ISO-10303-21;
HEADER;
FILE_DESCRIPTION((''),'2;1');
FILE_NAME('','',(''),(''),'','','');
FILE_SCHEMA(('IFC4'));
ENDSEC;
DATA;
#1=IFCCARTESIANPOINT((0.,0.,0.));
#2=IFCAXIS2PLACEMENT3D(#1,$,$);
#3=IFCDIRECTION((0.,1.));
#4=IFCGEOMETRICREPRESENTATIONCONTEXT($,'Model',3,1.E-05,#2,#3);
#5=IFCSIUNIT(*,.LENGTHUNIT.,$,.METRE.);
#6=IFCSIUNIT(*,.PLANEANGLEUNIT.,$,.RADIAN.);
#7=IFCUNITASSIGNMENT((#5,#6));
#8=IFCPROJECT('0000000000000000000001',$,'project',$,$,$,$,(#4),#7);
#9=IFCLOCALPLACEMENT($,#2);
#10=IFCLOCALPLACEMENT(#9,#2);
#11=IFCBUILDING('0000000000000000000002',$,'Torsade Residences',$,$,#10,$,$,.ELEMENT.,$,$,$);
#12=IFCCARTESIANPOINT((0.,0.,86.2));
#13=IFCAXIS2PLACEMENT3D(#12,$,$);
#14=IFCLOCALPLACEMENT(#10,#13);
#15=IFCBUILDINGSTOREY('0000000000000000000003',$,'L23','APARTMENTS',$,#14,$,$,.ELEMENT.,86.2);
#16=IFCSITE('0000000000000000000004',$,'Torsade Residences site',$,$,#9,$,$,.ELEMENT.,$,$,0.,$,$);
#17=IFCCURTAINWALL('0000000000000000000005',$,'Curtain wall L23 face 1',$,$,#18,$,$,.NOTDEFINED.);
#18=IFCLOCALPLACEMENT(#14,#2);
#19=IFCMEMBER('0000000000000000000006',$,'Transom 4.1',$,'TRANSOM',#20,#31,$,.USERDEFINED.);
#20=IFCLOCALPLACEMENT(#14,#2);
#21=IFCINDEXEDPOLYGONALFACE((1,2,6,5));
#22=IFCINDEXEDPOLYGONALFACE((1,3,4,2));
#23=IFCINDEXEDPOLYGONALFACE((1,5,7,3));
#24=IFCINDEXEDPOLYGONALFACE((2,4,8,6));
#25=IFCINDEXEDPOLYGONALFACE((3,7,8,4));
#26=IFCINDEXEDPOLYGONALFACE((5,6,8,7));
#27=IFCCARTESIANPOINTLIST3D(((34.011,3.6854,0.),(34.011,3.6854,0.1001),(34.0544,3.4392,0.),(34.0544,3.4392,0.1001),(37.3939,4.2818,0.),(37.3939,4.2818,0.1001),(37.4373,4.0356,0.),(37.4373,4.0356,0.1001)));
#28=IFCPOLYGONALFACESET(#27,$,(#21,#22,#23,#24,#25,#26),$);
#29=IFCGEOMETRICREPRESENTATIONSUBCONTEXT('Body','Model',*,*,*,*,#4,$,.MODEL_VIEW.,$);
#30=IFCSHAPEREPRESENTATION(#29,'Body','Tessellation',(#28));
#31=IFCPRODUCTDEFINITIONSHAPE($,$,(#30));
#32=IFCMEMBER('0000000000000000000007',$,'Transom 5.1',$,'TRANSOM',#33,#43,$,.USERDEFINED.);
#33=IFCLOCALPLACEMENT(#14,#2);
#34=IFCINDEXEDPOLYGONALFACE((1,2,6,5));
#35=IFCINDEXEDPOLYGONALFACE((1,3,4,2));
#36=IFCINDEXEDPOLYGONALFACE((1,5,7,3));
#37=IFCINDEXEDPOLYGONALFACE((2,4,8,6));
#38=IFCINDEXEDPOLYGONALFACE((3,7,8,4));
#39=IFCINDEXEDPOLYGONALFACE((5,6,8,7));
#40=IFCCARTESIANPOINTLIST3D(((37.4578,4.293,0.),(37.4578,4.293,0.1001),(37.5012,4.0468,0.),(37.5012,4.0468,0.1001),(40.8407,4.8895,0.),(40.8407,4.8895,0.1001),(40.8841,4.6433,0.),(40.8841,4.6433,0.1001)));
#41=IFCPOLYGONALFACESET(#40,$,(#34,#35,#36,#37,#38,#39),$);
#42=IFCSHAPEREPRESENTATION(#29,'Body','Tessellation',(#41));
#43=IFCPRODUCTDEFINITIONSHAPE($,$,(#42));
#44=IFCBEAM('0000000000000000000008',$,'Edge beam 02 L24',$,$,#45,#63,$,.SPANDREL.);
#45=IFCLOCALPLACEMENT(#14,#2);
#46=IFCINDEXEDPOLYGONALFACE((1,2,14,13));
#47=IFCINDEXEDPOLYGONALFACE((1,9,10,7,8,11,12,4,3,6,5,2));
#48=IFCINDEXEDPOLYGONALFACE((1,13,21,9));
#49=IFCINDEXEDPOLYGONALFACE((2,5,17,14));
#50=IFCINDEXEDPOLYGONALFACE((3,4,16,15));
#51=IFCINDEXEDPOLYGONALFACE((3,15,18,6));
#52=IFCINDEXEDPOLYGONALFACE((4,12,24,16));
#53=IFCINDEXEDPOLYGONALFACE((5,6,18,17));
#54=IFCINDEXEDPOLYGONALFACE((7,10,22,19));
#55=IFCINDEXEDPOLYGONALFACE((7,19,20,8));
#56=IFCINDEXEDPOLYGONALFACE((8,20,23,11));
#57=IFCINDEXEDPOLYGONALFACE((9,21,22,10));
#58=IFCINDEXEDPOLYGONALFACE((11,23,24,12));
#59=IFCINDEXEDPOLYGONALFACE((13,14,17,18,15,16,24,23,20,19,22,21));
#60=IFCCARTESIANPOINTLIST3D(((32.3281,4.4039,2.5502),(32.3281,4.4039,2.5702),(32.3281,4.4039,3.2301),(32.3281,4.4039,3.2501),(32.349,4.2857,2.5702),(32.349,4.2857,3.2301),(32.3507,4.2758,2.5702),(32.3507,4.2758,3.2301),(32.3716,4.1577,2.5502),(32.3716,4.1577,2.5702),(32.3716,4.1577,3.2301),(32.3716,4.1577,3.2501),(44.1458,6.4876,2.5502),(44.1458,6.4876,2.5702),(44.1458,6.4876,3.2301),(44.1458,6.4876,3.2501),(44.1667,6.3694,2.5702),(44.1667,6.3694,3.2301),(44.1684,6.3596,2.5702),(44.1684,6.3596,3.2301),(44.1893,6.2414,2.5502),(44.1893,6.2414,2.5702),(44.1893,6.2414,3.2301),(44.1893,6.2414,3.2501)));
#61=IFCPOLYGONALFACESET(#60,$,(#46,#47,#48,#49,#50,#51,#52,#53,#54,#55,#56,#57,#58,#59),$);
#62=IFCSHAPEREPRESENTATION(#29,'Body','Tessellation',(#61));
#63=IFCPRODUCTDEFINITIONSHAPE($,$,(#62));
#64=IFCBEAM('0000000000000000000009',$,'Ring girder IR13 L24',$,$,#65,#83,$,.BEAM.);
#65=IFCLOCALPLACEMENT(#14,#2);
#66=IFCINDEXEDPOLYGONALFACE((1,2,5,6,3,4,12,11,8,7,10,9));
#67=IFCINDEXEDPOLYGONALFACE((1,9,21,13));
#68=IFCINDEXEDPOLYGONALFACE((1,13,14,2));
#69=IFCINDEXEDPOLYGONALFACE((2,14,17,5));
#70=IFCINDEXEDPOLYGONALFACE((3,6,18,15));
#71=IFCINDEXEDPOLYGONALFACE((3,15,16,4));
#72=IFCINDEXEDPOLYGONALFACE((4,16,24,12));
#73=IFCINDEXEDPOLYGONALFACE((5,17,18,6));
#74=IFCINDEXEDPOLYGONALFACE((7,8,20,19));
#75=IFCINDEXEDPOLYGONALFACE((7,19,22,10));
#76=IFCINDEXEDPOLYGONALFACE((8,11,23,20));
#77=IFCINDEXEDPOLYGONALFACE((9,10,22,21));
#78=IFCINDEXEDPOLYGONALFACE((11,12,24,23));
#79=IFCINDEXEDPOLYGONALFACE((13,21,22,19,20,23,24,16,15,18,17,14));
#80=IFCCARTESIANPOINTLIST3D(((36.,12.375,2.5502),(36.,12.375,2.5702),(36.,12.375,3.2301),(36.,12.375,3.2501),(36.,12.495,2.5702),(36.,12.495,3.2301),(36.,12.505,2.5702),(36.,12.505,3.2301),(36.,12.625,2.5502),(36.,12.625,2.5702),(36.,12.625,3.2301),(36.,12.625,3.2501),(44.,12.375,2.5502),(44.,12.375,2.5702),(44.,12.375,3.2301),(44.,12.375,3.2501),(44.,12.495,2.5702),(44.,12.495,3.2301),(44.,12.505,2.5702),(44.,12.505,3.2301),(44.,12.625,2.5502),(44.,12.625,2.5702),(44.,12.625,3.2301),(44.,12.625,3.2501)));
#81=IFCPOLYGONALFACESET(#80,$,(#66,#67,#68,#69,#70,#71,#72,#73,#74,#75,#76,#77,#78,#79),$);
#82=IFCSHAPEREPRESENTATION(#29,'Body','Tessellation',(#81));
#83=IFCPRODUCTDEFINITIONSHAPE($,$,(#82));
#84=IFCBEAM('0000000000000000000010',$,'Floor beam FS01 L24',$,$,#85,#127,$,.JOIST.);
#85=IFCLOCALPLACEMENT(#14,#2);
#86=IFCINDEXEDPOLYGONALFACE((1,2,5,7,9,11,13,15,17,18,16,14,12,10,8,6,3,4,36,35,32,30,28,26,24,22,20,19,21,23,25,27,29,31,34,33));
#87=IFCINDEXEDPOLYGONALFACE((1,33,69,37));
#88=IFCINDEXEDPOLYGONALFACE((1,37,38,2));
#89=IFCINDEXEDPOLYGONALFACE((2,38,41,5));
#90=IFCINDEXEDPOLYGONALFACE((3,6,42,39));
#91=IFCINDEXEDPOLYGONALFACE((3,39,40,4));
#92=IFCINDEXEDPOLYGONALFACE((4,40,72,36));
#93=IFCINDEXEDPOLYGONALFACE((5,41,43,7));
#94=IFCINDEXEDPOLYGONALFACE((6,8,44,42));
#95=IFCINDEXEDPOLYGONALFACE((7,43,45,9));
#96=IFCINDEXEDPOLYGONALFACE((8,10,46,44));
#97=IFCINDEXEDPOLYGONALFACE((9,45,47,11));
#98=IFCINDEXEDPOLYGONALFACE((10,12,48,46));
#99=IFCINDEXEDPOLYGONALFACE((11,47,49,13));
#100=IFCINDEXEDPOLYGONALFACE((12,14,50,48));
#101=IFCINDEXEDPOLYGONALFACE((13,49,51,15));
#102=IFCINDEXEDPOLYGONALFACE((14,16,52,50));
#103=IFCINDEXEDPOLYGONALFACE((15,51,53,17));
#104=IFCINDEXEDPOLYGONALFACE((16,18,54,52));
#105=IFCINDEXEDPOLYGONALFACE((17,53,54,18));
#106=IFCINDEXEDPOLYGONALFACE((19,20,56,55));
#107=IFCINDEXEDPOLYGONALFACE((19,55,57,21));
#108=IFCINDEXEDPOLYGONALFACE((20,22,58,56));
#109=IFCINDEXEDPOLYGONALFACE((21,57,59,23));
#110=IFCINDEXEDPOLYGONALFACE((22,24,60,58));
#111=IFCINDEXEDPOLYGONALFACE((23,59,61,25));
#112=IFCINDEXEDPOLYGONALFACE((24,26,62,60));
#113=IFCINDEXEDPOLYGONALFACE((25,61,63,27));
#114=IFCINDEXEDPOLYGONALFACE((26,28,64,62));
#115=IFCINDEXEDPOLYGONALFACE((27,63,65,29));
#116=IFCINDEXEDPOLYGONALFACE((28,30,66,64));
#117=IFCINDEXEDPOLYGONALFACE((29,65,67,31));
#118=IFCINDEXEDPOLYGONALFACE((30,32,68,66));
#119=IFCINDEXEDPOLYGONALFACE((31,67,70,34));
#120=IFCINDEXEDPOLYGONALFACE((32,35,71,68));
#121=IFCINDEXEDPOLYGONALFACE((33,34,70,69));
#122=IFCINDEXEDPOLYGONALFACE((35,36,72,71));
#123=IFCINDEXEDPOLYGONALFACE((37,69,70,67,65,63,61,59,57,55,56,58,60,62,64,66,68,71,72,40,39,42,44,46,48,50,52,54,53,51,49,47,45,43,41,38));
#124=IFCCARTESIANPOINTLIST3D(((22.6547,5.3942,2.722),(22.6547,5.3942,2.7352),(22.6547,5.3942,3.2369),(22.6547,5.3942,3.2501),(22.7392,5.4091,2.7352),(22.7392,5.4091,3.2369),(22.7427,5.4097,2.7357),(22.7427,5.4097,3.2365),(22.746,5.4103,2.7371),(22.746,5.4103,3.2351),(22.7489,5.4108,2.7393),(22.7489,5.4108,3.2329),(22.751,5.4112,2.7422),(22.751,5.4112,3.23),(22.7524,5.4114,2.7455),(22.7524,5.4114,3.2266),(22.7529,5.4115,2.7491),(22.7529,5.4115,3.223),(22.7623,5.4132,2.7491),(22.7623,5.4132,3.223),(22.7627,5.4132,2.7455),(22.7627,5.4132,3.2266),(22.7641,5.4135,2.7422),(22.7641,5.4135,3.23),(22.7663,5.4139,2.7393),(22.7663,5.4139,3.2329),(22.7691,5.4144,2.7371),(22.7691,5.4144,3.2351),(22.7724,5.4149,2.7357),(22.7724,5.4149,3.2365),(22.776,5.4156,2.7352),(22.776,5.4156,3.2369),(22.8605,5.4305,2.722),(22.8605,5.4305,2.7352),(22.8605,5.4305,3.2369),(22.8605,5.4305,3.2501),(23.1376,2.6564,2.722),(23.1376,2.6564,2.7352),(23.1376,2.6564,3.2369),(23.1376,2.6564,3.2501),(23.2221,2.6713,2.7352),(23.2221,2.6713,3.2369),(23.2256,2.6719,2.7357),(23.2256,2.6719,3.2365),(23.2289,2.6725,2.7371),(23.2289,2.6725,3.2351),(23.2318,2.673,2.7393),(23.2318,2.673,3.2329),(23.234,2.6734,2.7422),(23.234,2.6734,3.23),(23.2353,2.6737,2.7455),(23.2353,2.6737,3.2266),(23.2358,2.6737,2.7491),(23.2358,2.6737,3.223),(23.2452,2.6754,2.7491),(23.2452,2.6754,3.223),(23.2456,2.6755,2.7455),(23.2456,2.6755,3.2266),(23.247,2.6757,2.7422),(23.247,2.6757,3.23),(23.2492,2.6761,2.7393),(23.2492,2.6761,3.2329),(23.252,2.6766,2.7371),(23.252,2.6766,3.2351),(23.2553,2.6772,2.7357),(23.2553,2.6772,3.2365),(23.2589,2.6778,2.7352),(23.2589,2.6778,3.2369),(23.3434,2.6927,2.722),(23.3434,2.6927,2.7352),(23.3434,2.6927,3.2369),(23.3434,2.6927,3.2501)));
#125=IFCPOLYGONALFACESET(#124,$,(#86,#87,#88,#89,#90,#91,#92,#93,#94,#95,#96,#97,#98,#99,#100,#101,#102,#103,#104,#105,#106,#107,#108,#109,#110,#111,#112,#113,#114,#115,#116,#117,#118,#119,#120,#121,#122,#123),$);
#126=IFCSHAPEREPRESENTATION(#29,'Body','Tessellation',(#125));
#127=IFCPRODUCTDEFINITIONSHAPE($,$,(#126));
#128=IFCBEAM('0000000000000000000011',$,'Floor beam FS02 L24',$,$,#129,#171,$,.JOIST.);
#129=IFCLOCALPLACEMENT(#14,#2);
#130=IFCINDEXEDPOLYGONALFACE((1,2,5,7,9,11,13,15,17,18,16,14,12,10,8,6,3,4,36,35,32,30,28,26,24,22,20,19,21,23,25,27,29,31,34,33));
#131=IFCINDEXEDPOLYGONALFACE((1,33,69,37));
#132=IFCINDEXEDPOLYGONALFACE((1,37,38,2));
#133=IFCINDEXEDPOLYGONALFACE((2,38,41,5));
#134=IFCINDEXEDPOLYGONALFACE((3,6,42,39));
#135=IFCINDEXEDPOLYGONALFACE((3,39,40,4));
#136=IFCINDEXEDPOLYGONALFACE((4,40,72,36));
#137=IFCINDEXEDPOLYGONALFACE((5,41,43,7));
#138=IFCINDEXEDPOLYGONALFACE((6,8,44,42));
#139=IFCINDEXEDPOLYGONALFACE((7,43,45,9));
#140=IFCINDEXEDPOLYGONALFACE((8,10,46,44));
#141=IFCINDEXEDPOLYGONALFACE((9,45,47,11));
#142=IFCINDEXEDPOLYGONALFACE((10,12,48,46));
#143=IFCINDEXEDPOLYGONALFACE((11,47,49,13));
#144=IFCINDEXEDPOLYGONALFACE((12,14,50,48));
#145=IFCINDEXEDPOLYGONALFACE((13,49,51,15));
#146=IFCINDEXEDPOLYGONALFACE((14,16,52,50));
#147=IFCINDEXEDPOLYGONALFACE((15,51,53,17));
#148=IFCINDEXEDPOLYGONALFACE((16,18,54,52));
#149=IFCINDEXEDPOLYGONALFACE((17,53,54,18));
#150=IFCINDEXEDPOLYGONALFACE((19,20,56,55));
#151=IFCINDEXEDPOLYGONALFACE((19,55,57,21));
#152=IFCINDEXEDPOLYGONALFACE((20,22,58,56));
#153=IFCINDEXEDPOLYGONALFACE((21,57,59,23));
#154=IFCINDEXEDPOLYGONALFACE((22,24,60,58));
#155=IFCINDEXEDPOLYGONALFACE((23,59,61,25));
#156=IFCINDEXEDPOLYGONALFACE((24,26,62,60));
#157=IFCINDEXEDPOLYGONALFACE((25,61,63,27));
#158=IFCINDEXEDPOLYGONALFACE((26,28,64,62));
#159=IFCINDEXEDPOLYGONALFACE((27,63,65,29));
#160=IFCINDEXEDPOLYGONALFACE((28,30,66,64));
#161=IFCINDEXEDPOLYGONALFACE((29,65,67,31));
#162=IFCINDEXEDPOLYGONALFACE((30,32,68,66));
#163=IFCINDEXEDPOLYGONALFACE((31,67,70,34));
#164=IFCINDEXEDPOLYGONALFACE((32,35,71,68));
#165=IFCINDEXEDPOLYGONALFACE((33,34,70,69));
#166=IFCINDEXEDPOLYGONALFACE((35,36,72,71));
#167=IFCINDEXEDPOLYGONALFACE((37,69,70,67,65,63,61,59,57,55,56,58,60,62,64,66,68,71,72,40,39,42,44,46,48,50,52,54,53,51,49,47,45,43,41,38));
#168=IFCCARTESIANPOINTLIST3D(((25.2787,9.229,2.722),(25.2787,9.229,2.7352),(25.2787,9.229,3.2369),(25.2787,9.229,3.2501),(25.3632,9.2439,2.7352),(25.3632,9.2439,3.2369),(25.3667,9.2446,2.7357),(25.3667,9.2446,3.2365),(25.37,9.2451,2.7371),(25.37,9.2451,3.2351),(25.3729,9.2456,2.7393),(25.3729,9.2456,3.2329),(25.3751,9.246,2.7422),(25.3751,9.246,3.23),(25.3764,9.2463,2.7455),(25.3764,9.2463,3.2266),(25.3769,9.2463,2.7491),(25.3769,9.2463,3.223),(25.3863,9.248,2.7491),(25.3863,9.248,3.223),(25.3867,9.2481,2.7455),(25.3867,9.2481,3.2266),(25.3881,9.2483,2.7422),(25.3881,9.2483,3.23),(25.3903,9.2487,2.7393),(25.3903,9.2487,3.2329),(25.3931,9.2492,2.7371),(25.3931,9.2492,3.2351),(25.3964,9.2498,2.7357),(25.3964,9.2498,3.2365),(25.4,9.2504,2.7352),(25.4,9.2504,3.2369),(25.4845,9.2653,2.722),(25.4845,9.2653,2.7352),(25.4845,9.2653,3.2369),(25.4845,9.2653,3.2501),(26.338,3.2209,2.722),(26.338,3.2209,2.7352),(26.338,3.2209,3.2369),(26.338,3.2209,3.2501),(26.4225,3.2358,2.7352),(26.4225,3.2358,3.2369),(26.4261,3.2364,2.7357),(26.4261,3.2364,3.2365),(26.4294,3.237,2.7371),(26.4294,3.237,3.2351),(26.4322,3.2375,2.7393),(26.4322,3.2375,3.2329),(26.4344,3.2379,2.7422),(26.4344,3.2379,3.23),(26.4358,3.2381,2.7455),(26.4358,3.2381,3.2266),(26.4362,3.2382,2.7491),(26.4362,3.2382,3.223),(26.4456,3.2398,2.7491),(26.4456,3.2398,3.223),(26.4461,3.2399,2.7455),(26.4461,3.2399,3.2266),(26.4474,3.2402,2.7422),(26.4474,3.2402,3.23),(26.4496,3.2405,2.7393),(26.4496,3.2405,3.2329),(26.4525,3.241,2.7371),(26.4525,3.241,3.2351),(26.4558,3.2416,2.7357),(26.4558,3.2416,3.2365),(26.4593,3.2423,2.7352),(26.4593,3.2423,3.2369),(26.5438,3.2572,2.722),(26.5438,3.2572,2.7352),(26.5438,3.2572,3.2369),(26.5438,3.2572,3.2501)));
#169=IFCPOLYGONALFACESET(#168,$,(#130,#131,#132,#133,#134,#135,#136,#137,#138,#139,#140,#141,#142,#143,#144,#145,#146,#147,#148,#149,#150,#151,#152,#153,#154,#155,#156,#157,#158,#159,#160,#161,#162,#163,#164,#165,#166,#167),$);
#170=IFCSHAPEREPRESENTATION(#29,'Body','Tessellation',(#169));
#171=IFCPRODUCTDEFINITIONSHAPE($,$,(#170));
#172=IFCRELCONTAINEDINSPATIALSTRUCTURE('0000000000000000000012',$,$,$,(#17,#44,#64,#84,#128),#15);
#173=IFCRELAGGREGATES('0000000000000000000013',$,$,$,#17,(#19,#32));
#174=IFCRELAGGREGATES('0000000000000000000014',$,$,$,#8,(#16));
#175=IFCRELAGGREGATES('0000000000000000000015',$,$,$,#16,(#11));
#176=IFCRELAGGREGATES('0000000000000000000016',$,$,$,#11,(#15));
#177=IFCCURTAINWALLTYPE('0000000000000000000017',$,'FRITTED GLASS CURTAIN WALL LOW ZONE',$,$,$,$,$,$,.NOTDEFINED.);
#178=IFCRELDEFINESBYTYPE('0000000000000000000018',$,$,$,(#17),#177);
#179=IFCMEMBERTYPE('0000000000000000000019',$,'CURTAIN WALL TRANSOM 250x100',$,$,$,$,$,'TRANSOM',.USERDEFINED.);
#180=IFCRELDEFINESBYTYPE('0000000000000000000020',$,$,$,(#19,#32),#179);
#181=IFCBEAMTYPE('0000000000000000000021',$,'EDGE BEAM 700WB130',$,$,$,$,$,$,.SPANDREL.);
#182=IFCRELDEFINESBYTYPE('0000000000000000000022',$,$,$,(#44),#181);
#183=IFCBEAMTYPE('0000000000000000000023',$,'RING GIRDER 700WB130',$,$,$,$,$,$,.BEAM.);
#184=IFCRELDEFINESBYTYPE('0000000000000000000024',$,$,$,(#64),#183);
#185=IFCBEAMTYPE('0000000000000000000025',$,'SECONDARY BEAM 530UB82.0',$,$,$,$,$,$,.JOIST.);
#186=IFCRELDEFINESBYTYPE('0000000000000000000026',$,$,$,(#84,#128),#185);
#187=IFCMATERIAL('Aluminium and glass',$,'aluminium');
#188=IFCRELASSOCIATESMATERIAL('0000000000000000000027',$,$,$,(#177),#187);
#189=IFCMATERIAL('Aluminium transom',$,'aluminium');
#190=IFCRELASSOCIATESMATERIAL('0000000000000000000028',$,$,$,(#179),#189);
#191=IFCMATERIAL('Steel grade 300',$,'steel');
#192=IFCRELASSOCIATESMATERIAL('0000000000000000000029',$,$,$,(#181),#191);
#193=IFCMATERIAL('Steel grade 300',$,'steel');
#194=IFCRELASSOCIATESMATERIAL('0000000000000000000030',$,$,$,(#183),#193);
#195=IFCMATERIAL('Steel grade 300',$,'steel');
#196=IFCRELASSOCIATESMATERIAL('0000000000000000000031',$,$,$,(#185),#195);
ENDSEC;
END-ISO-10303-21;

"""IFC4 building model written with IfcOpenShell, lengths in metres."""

from ifc_helpers import new_model, si_unit, direction, frame, origin, origin_2d, place, context, subcontext, project, spatial, rectangle, i_section, extrude, material, material_profile, profile_set, type_object, element, aggregate, save


model = new_model("IFC4")

# Units and contexts
model_context = context("Model", 3, precision=1e-05, world=origin(), true_north=direction((0.0, 1.0)))
body_context = subcontext(model_context, "Body", "Model", "MODEL_VIEW")
ifc_project = project(units=[si_unit("LENGTHUNIT", "METRE"), si_unit("PLANEANGLEUNIT", "RADIAN")], contexts=[model_context])

# Site, building, storey
site_placement = place(None, origin())
site = spatial("IfcSite", under=ifc_project, at=site_placement, Name="Torsade Residences site", CompositionType="ELEMENT", RefElevation=0.0)
building_placement = place(site_placement, origin())
building = spatial("IfcBuilding", under=site, at=building_placement, Name="Torsade Residences", CompositionType="ELEMENT")
storey_placement = place(building_placement, frame((0.0, 0.0, 86.2)))
storey = spatial("IfcBuildingStorey", under=building, at=storey_placement, Name="L23", Description="APARTMENTS", CompositionType="ELEMENT", Elevation=86.2)

# Curtain wall, members
ifc_material_1 = material(Name="Aluminium and glass", Category="aluminium")
curtain_wall_type = type_object("IfcCurtainWallType", Name="FRITTED GLASS CURTAIN WALL LOW ZONE", PredefinedType="NOTDEFINED", material=ifc_material_1)
curtain_wall_placement = place(storey_placement, origin())
curtain_wall = element("IfcCurtainWall", 1, at=curtain_wall_placement, inside=storey, type_object=curtain_wall_type, Name="Curtain wall L23 face 1", PredefinedType="NOTDEFINED")
ifc_material_2 = material(Name="Aluminium transom", Category="aluminium")
ifc_material_profile_1 = material_profile(ifc_material_2, rectangle(XDim=0.25, YDim=0.1001, at=origin_2d()), Name="CURTAIN WALL TRANSOM 250x100")
ifc_profile_set_1 = profile_set([ifc_material_profile_1], Name="Aluminium transom")
member_type_1 = type_object("IfcMemberType", Name="CURTAIN WALL TRANSOM 250x100", ElementType="TRANSOM", PredefinedType="USERDEFINED", material=ifc_profile_set_1)
member_1_placement = place(storey_placement, frame((34.0327, 3.5623, 0.05), z_axis=(0.98481, 0.173635, 0.0), x_axis=(-0.173635, 0.98481, 0.0)))
member_1 = element("IfcMember", 2, at=member_1_placement, type_object=member_type_1, Name="Transom 4.1", ObjectType="TRANSOM", PredefinedType="USERDEFINED", context=body_context, shape_type="SweptSolid", body=[
    extrude(rectangle(XDim=0.25, YDim=0.1001, at=origin_2d()), origin(), (0.0, 0.0, 1.0), 3.4351),
])
member_2_placement = place(storey_placement, frame((37.4795, 4.1699, 0.05), z_axis=(0.98481, 0.173635, 0.0), x_axis=(-0.173635, 0.98481, 0.0)))
member_2 = element("IfcMember", 3, at=member_2_placement, type_object=member_type_1, Name="Transom 5.1", ObjectType="TRANSOM", PredefinedType="USERDEFINED", context=body_context, shape_type="SweptSolid", body=[
    extrude(rectangle(XDim=0.25, YDim=0.1001, at=origin_2d()), origin(), (0.0, 0.0, 1.0), 3.4351),
])

# Beams
ifc_material_3 = material(Name="Steel grade 300", Category="steel")
ifc_material_profile_2 = material_profile(ifc_material_3, i_section(OverallWidth=0.25, OverallDepth=0.7, WebThickness=0.01, FlangeThickness=0.02, at=origin_2d()), Name="700WB130")
ifc_profile_set_2 = profile_set([ifc_material_profile_2], Name="Steel grade 300")
beam_type_1 = type_object("IfcBeamType", Name="EDGE BEAM 700WB130", PredefinedType="SPANDREL", material=ifc_profile_set_2)
beam_1_placement = place(storey_placement, frame((32.3499, 4.2808, 2.9001), z_axis=(0.984808, 0.173646, 0.0), x_axis=(-0.173646, 0.984808, 0.0)))
element("IfcBeam", 4, at=beam_1_placement, inside=storey, type_object=beam_type_1, Name="Edge beam 02 L24", PredefinedType="SPANDREL", context=body_context, shape_type="SweptSolid", body=[
    extrude(i_section(OverallWidth=0.25, OverallDepth=0.7, WebThickness=0.01, FlangeThickness=0.02, at=origin_2d()), origin(), (0.0, 0.0, 1.0), 12.0),
])
ifc_material_4 = material(Name="Steel grade 300", Category="steel")
ifc_material_profile_3 = material_profile(ifc_material_4, i_section(OverallWidth=0.25, OverallDepth=0.7, WebThickness=0.01, FlangeThickness=0.02, at=origin_2d()), Name="700WB130")
ifc_profile_set_3 = profile_set([ifc_material_profile_3], Name="Steel grade 300")
beam_type_2 = type_object("IfcBeamType", Name="RING GIRDER 700WB130", PredefinedType="BEAM", material=ifc_profile_set_3)
beam_2_placement = place(storey_placement, frame((36.0, 12.5, 2.9001), z_axis=(1.0, 0.0, 0.0), x_axis=(0.0, 1.0, 0.0)))
element("IfcBeam", 5, at=beam_2_placement, inside=storey, type_object=beam_type_2, Name="Ring girder IR13 L24", PredefinedType="BEAM", context=body_context, shape_type="SweptSolid", body=[
    extrude(i_section(OverallWidth=0.25, OverallDepth=0.7, WebThickness=0.01, FlangeThickness=0.02, at=origin_2d()), origin(), (0.0, 0.0, 1.0), 8.0),
])
ifc_material_5 = material(Name="Steel grade 300", Category="steel")
ifc_material_profile_4 = material_profile(ifc_material_5, i_section(OverallWidth=0.209, OverallDepth=0.5281, WebThickness=0.0095, FlangeThickness=0.0132, FilletRadius=0.0139, at=origin_2d()), Name="530UB82.0")
ifc_profile_set_4 = profile_set([ifc_material_profile_4], Name="Steel grade 300")
beam_type_3 = type_object("IfcBeamType", Name="SECONDARY BEAM 530UB82.0", PredefinedType="JOIST", material=ifc_profile_set_4)
beam_3_placement = place(storey_placement, frame((23.2405, 2.6746, 2.9861), z_axis=(-0.173705, 0.984798, 0.0), x_axis=(-0.984798, -0.173705, 0.0)))
element("IfcBeam", 6, at=beam_3_placement, inside=storey, type_object=beam_type_3, Name="Floor beam FS01 L24", PredefinedType="JOIST", context=body_context, shape_type="SweptSolid", body=[
    extrude(i_section(OverallWidth=0.209, OverallDepth=0.5281, WebThickness=0.0095, FlangeThickness=0.0132, FilletRadius=0.0139, at=origin_2d()), origin(), (0.0, 0.0, 1.0), 2.78),
])
beam_4_placement = place(storey_placement, frame((26.4409, 3.239, 2.9861), z_axis=(-0.173639, 0.984809, 0.0), x_axis=(-0.984809, -0.173639, 0.0)))
element("IfcBeam", 7, at=beam_4_placement, inside=storey, type_object=beam_type_3, Name="Floor beam FS02 L24", PredefinedType="JOIST", context=body_context, shape_type="SweptSolid", body=[
    extrude(i_section(OverallWidth=0.209, OverallDepth=0.5281, WebThickness=0.0095, FlangeThickness=0.0132, FilletRadius=0.0139, at=origin_2d()), origin(), (0.0, 0.0, 1.0), 6.1008),
])

aggregate(curtain_wall, [member_1, member_2])

save(model, "model.ifc")
